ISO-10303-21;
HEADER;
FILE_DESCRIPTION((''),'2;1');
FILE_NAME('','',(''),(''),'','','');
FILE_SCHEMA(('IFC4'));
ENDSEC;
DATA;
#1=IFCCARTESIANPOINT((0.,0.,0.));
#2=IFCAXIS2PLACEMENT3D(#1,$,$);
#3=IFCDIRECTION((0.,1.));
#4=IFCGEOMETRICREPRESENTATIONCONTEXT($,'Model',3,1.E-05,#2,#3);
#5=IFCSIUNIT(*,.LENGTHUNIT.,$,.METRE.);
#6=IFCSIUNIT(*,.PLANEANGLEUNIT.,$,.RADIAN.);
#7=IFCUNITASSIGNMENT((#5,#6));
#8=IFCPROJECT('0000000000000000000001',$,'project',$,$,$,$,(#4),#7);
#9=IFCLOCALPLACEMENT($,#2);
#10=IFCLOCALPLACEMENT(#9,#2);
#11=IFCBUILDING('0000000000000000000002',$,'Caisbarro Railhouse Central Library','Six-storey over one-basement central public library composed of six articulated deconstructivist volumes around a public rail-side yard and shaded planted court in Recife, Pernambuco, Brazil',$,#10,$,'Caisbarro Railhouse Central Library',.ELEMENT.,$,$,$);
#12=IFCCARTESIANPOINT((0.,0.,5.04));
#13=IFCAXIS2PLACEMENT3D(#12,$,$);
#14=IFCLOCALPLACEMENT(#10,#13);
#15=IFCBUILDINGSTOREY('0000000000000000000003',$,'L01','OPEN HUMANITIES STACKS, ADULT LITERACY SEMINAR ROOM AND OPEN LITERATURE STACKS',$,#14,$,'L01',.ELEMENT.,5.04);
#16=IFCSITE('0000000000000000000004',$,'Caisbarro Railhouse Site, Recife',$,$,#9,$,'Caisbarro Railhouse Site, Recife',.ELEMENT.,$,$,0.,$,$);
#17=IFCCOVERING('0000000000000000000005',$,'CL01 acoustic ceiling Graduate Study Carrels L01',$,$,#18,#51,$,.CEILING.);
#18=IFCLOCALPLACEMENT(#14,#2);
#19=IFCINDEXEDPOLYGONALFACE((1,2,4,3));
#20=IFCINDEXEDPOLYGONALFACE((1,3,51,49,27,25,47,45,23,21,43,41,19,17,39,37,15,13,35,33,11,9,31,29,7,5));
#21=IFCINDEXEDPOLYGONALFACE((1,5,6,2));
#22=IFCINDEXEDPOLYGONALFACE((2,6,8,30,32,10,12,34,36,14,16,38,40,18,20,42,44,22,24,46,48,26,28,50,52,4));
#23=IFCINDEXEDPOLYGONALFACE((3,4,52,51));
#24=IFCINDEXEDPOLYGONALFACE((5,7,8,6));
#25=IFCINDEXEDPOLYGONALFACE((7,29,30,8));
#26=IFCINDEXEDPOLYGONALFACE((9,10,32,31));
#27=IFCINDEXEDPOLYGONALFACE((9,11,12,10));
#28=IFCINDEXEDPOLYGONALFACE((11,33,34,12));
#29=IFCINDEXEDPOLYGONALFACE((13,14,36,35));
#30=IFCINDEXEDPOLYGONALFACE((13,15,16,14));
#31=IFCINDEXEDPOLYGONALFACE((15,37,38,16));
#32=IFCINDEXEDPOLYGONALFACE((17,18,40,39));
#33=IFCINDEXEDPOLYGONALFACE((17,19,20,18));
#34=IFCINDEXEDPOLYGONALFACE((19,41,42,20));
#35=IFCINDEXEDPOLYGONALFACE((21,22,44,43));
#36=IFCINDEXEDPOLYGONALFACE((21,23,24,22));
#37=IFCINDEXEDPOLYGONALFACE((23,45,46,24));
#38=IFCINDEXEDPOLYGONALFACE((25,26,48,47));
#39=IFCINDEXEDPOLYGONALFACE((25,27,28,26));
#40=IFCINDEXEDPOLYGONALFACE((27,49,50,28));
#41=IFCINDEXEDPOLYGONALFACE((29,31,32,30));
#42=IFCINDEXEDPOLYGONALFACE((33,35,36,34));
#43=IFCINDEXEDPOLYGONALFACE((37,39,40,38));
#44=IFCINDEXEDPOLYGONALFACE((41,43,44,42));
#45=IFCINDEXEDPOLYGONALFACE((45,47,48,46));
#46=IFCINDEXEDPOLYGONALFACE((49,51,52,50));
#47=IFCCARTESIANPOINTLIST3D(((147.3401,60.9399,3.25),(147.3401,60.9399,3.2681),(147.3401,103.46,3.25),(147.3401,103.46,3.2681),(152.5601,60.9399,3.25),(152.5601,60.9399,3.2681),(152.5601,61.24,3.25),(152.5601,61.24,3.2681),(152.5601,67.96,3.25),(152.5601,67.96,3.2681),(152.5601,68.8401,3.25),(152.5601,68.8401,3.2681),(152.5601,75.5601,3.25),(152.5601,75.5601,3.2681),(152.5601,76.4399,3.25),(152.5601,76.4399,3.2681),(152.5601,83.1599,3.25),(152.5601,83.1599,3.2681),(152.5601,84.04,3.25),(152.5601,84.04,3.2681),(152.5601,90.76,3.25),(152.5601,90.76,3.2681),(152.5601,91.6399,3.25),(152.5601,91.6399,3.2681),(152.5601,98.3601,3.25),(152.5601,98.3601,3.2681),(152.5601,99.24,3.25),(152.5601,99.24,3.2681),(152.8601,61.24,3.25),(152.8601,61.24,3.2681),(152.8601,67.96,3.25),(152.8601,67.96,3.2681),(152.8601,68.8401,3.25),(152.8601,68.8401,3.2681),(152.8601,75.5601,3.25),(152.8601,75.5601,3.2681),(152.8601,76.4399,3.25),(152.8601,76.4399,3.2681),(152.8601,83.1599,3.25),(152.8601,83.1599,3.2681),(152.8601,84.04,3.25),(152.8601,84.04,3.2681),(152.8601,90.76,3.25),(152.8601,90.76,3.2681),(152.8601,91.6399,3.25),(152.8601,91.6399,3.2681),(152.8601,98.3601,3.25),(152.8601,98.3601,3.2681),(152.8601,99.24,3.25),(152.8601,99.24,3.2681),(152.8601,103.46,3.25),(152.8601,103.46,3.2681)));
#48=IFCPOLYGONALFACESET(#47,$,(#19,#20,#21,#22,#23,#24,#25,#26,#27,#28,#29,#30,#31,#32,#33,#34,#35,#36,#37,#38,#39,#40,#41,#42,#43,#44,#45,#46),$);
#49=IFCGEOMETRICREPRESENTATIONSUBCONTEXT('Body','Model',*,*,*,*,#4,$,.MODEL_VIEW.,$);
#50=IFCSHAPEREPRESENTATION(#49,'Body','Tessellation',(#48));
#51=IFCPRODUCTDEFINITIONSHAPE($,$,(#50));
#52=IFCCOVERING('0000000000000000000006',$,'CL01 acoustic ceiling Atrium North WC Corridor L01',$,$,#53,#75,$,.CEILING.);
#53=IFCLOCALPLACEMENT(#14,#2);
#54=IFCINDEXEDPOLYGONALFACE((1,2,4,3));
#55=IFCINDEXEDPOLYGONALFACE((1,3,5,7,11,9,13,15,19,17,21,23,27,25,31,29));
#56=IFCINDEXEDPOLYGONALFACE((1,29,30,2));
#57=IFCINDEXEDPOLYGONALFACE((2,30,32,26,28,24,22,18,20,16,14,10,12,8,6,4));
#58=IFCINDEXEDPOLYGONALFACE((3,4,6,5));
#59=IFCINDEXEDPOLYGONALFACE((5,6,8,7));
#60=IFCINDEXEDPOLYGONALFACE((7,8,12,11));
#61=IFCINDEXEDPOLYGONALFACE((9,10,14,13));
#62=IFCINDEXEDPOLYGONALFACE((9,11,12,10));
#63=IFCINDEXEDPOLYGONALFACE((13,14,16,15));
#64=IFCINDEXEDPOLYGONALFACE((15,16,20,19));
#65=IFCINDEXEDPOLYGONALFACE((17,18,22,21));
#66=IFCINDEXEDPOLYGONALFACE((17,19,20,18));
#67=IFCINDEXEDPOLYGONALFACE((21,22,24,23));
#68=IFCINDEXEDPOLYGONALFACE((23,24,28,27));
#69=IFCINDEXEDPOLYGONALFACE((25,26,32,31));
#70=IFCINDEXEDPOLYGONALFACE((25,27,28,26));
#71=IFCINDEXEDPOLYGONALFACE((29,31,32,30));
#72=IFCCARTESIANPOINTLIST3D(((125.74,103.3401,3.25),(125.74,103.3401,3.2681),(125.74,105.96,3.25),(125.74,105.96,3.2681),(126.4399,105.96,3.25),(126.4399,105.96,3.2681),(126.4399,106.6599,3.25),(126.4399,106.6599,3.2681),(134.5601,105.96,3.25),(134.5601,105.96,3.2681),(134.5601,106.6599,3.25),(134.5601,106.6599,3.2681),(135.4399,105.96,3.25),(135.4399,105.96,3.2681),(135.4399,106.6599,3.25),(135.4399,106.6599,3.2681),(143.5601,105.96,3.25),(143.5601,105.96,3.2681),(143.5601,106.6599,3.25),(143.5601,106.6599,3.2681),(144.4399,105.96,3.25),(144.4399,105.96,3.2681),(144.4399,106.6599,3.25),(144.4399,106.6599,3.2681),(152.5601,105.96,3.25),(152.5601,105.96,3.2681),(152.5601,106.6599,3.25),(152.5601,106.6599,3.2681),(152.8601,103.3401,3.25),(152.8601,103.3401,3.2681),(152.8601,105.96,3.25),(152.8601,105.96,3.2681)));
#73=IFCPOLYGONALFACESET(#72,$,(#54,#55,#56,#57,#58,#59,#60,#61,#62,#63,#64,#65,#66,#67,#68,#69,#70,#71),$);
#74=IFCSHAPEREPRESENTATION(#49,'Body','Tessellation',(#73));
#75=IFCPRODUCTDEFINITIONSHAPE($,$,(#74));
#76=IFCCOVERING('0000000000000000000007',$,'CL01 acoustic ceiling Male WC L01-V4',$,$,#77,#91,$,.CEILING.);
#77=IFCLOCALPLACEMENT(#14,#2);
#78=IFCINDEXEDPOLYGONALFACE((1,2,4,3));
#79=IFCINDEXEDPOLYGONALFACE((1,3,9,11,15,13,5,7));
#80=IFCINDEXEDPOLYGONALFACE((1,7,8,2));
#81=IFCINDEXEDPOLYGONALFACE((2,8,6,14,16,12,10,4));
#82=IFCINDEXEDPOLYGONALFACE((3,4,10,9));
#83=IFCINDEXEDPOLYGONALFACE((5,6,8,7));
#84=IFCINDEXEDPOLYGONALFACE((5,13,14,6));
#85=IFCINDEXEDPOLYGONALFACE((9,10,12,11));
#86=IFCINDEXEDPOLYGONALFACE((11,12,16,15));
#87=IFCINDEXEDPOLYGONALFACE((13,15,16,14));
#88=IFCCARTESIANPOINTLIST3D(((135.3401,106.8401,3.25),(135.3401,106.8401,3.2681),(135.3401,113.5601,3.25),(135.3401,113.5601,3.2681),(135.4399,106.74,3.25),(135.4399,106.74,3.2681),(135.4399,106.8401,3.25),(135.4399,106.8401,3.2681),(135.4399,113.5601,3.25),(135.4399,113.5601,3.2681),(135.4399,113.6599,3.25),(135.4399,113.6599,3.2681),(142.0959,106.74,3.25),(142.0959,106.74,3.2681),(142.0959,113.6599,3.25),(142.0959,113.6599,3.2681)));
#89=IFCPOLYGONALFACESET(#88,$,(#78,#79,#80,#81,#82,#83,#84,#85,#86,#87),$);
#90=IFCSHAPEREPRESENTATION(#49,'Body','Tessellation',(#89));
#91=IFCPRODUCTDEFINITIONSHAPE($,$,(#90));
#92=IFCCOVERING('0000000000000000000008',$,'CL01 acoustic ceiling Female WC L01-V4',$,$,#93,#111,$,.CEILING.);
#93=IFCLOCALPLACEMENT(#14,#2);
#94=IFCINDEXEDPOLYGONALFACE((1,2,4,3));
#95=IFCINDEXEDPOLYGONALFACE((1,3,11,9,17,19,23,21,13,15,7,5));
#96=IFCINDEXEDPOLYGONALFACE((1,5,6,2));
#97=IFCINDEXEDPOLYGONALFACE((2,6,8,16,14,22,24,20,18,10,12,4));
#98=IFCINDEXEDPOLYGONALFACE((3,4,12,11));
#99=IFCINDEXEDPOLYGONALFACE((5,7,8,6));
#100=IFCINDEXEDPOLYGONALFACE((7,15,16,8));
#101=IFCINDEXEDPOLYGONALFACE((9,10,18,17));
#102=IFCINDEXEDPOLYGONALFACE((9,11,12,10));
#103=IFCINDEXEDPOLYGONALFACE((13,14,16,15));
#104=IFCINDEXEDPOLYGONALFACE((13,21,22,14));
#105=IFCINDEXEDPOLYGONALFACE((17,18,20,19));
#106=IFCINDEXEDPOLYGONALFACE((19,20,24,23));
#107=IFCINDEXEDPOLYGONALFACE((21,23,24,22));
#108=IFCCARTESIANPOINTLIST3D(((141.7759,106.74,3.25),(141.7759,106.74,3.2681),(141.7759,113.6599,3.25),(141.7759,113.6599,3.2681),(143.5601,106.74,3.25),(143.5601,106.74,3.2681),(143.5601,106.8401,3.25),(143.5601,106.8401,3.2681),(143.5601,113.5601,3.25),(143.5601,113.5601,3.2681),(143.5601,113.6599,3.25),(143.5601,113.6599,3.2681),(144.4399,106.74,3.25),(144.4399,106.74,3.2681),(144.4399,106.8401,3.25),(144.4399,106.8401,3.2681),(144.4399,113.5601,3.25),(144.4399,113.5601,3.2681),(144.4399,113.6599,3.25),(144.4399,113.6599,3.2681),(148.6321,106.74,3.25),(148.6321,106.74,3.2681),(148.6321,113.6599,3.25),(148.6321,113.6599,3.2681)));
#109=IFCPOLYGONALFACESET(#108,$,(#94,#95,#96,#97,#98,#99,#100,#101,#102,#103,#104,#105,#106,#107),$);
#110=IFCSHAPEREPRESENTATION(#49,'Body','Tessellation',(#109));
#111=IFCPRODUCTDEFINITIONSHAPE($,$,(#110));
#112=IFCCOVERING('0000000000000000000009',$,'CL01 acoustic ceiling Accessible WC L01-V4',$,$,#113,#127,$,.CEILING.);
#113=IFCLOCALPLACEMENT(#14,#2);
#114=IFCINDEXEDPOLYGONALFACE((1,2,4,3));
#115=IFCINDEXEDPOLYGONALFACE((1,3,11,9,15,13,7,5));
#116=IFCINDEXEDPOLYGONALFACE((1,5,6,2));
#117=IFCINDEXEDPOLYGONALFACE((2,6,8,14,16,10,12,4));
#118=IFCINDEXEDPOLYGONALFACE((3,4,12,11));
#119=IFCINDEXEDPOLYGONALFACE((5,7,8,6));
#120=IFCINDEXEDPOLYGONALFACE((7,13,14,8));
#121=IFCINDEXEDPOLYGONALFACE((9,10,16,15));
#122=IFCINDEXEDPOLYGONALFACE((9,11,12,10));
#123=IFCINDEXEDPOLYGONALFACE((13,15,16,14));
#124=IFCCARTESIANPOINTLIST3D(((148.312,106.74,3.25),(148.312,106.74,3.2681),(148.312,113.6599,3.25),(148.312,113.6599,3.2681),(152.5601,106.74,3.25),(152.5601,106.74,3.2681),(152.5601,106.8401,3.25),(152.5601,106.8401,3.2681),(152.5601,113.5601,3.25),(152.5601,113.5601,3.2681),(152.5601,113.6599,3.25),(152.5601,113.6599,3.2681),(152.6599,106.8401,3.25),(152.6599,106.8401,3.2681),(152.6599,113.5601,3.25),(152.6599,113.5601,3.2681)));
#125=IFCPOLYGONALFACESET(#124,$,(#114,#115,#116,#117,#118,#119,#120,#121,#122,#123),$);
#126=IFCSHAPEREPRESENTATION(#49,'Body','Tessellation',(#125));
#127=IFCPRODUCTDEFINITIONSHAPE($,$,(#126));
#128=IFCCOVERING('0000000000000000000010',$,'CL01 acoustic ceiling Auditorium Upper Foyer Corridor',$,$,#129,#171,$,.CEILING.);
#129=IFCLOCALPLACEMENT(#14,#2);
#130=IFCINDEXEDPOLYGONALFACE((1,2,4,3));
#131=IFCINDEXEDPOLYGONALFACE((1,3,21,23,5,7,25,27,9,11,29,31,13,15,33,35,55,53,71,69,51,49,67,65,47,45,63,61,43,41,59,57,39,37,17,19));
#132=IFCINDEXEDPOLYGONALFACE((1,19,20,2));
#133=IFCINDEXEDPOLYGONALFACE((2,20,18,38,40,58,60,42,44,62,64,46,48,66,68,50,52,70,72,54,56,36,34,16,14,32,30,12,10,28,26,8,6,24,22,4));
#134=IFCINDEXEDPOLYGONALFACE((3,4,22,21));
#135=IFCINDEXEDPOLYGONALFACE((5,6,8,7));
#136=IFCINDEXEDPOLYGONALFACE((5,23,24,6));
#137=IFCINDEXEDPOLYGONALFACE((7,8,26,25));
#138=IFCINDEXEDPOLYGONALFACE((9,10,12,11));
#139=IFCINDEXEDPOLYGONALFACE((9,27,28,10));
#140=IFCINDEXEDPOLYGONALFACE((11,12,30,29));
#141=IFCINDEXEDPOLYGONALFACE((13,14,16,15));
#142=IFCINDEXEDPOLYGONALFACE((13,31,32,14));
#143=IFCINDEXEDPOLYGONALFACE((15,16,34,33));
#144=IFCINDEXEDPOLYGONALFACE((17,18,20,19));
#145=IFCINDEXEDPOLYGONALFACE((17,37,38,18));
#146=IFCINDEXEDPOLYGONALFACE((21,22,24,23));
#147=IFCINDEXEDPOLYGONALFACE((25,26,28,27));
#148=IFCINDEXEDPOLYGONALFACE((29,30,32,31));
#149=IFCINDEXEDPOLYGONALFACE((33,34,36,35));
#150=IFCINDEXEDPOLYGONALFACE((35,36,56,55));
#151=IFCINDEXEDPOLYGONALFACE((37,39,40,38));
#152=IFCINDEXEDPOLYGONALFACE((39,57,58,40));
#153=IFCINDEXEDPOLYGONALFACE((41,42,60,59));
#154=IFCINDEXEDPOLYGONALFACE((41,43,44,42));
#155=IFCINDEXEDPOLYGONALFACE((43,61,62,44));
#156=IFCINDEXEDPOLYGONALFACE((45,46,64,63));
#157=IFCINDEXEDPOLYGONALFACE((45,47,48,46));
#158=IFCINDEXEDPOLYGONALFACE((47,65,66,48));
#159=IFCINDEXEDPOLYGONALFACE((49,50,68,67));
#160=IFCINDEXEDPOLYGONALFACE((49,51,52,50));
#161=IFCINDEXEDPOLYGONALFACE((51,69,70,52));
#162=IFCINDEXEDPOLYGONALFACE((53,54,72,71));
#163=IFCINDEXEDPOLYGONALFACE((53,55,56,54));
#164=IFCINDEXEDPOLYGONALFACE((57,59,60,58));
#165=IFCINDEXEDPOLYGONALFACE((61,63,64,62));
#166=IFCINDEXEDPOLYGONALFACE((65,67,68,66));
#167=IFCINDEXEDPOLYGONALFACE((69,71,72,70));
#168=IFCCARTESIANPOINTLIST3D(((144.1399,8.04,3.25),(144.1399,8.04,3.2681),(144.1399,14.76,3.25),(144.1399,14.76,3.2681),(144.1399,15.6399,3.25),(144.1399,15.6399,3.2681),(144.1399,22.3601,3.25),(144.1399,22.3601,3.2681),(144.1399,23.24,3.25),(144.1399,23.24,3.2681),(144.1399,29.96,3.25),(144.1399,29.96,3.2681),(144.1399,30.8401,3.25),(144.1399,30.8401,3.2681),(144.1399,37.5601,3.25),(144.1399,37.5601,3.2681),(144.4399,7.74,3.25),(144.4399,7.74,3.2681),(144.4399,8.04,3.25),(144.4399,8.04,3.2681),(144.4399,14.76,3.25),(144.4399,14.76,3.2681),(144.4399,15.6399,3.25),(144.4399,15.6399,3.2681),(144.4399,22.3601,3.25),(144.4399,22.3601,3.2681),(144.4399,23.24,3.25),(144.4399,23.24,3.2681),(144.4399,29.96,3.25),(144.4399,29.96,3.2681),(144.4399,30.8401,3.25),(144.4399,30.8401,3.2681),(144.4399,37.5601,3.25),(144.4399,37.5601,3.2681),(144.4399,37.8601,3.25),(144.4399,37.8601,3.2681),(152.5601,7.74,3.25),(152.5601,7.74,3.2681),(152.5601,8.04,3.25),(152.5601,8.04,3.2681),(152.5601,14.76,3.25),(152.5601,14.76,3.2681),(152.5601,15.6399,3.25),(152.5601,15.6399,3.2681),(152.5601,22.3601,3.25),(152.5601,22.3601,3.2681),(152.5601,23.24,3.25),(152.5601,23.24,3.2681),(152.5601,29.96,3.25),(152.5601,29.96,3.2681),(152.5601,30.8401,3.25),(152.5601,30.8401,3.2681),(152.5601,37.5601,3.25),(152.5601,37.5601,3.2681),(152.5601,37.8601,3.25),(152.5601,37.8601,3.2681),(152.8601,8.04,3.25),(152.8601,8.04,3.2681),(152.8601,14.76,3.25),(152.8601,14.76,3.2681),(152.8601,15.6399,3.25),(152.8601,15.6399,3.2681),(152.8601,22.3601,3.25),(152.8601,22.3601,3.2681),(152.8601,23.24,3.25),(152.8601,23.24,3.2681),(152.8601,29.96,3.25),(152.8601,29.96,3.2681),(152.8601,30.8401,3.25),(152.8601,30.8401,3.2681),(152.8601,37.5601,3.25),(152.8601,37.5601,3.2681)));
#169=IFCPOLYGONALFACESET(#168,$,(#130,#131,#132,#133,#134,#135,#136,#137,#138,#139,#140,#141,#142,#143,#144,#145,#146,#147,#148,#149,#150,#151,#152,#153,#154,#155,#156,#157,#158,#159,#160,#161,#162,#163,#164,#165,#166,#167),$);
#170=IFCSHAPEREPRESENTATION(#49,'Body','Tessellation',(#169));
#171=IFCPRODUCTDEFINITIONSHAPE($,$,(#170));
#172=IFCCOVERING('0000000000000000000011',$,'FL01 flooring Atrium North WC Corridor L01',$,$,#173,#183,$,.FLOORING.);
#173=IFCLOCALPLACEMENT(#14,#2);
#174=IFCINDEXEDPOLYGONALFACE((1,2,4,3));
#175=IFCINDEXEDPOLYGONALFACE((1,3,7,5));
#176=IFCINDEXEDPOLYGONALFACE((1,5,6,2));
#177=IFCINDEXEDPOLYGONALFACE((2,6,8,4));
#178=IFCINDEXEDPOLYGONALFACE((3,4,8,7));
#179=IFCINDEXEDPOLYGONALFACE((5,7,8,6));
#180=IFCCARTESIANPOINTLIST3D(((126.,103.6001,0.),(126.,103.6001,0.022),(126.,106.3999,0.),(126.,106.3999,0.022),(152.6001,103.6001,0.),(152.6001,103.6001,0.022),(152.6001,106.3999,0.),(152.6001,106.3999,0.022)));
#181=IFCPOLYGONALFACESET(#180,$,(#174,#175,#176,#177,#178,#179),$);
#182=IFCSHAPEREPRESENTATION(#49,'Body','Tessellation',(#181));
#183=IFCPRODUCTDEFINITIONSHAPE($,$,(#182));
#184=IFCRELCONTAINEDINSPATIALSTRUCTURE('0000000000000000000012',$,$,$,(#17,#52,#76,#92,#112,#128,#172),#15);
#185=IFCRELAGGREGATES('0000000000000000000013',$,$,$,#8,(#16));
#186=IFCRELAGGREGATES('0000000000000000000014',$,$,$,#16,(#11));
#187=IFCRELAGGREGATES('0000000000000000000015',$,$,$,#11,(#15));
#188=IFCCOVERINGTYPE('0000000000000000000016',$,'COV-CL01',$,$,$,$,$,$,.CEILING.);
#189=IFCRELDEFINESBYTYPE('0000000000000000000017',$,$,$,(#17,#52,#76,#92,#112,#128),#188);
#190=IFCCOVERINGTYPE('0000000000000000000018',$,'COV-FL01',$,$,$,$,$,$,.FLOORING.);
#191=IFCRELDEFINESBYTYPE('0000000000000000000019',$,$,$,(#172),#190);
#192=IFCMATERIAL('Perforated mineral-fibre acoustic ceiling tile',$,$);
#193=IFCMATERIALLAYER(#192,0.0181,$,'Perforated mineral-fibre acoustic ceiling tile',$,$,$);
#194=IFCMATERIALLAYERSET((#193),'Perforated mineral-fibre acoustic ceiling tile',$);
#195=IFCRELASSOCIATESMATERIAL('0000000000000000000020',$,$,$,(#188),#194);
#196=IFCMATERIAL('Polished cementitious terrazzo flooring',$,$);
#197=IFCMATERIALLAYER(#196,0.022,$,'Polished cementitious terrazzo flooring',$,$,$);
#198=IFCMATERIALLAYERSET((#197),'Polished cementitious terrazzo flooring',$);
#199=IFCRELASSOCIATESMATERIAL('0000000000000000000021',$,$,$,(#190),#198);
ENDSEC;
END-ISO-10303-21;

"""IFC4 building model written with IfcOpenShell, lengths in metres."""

from ifc_helpers import new_model, si_unit, direction, frame, origin, place, context, subcontext, project, spatial, polyline, outline, extrude, material, layer, layer_set, type_object, element, save


model = new_model("IFC4")

# Units and contexts
model_context = context("Model", 3, precision=1e-05, world=origin(), true_north=direction((0.0, 1.0)))
body_context = subcontext(model_context, "Body", "Model", "MODEL_VIEW")
ifc_project = project(units=[si_unit("LENGTHUNIT", "METRE"), si_unit("PLANEANGLEUNIT", "RADIAN")], contexts=[model_context])

# Site, building, storey
site_placement = place(None, origin())
site = spatial("IfcSite", under=ifc_project, at=site_placement, Name="Caisbarro Railhouse Site, Recife", LongName="Caisbarro Railhouse Site, Recife", CompositionType="ELEMENT", RefElevation=0.0)
building_placement = place(site_placement, origin())
building = spatial("IfcBuilding", under=site, at=building_placement, Name="Caisbarro Railhouse Central Library", Description="Six-storey over one-basement central public library composed of six articulated deconstructivist volumes around a public rail-side yard and shaded planted court in Recife, Pernambuco, Brazil", LongName="Caisbarro Railhouse Central Library", CompositionType="ELEMENT")
storey_placement = place(building_placement, frame((0.0, 0.0, 5.04)))
storey = spatial("IfcBuildingStorey", under=building, at=storey_placement, Name="L01", Description="OPEN HUMANITIES STACKS, ADULT LITERACY SEMINAR ROOM AND OPEN LITERATURE STACKS", LongName="L01", CompositionType="ELEMENT", Elevation=5.04)

# Coverings
ifc_material_1 = material(Name="Perforated mineral-fibre acoustic ceiling tile")
ifc_layer_1 = layer(ifc_material_1, 0.0181, Name="Perforated mineral-fibre acoustic ceiling tile")
ifc_layer_set_1 = layer_set([ifc_layer_1], Name="Perforated mineral-fibre acoustic ceiling tile")
covering_type_1 = type_object("IfcCoveringType", Name="COV-CL01", PredefinedType="CEILING", material=ifc_layer_set_1)
covering_1_placement = place(storey_placement, frame((0.0, 0.0, 3.25)))
element("IfcCovering", 1, at=covering_1_placement, inside=storey, type_object=covering_type_1, Name="CL01 acoustic ceiling Graduate Study Carrels L01", PredefinedType="CEILING", context=body_context, shape_type="SweptSolid", body=[
    extrude(outline(polyline([(152.8601, 75.5601), (152.8601, 68.8401), (152.5601, 68.8401), (152.5601, 67.96), (152.8601, 67.96), (152.8601, 61.24), (152.5601, 61.24), (152.5601, 60.9399), (147.3401, 60.9399), (147.3401, 103.46), (152.8601, 103.46), (152.8601, 99.24), (152.5601, 99.24), (152.5601, 98.3601), (152.8601, 98.3601), (152.8601, 91.6399), (152.5601, 91.6399), (152.5601, 90.76), (152.8601, 90.76), (152.8601, 84.04), (152.5601, 84.04), (152.5601, 83.1599), (152.8601, 83.1599), (152.8601, 76.4399), (152.5601, 76.4399), (152.5601, 75.5601), (152.8601, 75.5601)])), origin(), (0.0, 0.0, 1.0), 0.0181),
])
covering_2_placement = place(storey_placement, frame((0.0, 0.0, 3.25)))
element("IfcCovering", 2, at=covering_2_placement, inside=storey, type_object=covering_type_1, Name="CL01 acoustic ceiling Atrium North WC Corridor L01", PredefinedType="CEILING", context=body_context, shape_type="SweptSolid", body=[
    extrude(outline(polyline([(134.5601, 106.6599), (134.5601, 105.96), (135.4399, 105.96), (135.4399, 106.6599), (143.5601, 106.6599), (143.5601, 105.96), (144.4399, 105.96), (144.4399, 106.6599), (152.5601, 106.6599), (152.5601, 105.96), (152.8601, 105.96), (152.8601, 103.3401), (125.74, 103.3401), (125.74, 105.96), (126.4399, 105.96), (126.4399, 106.6599), (134.5601, 106.6599)])), origin(), (0.0, 0.0, 1.0), 0.0181),
])
covering_3_placement = place(storey_placement, frame((0.0, 0.0, 3.25)))
element("IfcCovering", 3, at=covering_3_placement, inside=storey, type_object=covering_type_1, Name="CL01 acoustic ceiling Male WC L01-V4", PredefinedType="CEILING", context=body_context, shape_type="SweptSolid", body=[
    extrude(outline(polyline([(142.0959, 113.6599), (142.0959, 106.74), (135.4399, 106.74), (135.4399, 106.8401), (135.3401, 106.8401), (135.3401, 113.5601), (135.4399, 113.5601), (135.4399, 113.6599), (142.0959, 113.6599)])), origin(), (0.0, 0.0, 1.0), 0.0181),
])
covering_4_placement = place(storey_placement, frame((0.0, 0.0, 3.25)))
element("IfcCovering", 4, at=covering_4_placement, inside=storey, type_object=covering_type_1, Name="CL01 acoustic ceiling Female WC L01-V4", PredefinedType="CEILING", context=body_context, shape_type="SweptSolid", body=[
    extrude(outline(polyline([(143.5601, 113.6599), (143.5601, 113.5601), (144.4399, 113.5601), (144.4399, 113.6599), (148.6321, 113.6599), (148.6321, 106.74), (144.4399, 106.74), (144.4399, 106.8401), (143.5601, 106.8401), (143.5601, 106.74), (141.7759, 106.74), (141.7759, 113.6599), (143.5601, 113.6599)])), origin(), (0.0, 0.0, 1.0), 0.0181),
])
covering_5_placement = place(storey_placement, frame((0.0, 0.0, 3.25)))
element("IfcCovering", 5, at=covering_5_placement, inside=storey, type_object=covering_type_1, Name="CL01 acoustic ceiling Accessible WC L01-V4", PredefinedType="CEILING", context=body_context, shape_type="SweptSolid", body=[
    extrude(outline(polyline([(152.5601, 113.6599), (152.5601, 113.5601), (152.6599, 113.5601), (152.6599, 106.8401), (152.5601, 106.8401), (152.5601, 106.74), (148.312, 106.74), (148.312, 113.6599), (152.5601, 113.6599)])), origin(), (0.0, 0.0, 1.0), 0.0181),
])
covering_6_placement = place(storey_placement, frame((0.0, 0.0, 3.25)))
element("IfcCovering", 6, at=covering_6_placement, inside=storey, type_object=covering_type_1, Name="CL01 acoustic ceiling Auditorium Upper Foyer Corridor", PredefinedType="CEILING", context=body_context, shape_type="SweptSolid", body=[
    extrude(outline(polyline([(144.1399, 15.6399), (144.1399, 22.3601), (144.4399, 22.3601), (144.4399, 23.24), (144.1399, 23.24), (144.1399, 29.96), (144.4399, 29.96), (144.4399, 30.8401), (144.1399, 30.8401), (144.1399, 37.5601), (144.4399, 37.5601), (144.4399, 37.8601), (152.5601, 37.8601), (152.5601, 37.5601), (152.8601, 37.5601), (152.8601, 30.8401), (152.5601, 30.8401), (152.5601, 29.96), (152.8601, 29.96), (152.8601, 23.24), (152.5601, 23.24), (152.5601, 22.3601), (152.8601, 22.3601), (152.8601, 15.6399), (152.5601, 15.6399), (152.5601, 14.76), (152.8601, 14.76), (152.8601, 8.04), (152.5601, 8.04), (152.5601, 7.74), (144.4399, 7.74), (144.4399, 8.04), (144.1399, 8.04), (144.1399, 14.76), (144.4399, 14.76), (144.4399, 15.6399), (144.1399, 15.6399)])), origin(), (0.0, 0.0, 1.0), 0.0181),
])
ifc_material_2 = material(Name="Polished cementitious terrazzo flooring")
ifc_layer_2 = layer(ifc_material_2, 0.022, Name="Polished cementitious terrazzo flooring")
ifc_layer_set_2 = layer_set([ifc_layer_2], Name="Polished cementitious terrazzo flooring")
covering_type_2 = type_object("IfcCoveringType", Name="COV-FL01", PredefinedType="FLOORING", material=ifc_layer_set_2)
covering_7_placement = place(storey_placement, origin())
element("IfcCovering", 7, at=covering_7_placement, inside=storey, type_object=covering_type_2, Name="FL01 flooring Atrium North WC Corridor L01", PredefinedType="FLOORING", context=body_context, shape_type="SweptSolid", body=[
    extrude(outline(polyline([(126.0, 103.6001), (152.6001, 103.6001), (152.6001, 106.3999), (126.0, 106.3999), (126.0, 103.6001)])), origin(), (0.0, 0.0, 1.0), 0.022),
])

save(model, "model.ifc")
